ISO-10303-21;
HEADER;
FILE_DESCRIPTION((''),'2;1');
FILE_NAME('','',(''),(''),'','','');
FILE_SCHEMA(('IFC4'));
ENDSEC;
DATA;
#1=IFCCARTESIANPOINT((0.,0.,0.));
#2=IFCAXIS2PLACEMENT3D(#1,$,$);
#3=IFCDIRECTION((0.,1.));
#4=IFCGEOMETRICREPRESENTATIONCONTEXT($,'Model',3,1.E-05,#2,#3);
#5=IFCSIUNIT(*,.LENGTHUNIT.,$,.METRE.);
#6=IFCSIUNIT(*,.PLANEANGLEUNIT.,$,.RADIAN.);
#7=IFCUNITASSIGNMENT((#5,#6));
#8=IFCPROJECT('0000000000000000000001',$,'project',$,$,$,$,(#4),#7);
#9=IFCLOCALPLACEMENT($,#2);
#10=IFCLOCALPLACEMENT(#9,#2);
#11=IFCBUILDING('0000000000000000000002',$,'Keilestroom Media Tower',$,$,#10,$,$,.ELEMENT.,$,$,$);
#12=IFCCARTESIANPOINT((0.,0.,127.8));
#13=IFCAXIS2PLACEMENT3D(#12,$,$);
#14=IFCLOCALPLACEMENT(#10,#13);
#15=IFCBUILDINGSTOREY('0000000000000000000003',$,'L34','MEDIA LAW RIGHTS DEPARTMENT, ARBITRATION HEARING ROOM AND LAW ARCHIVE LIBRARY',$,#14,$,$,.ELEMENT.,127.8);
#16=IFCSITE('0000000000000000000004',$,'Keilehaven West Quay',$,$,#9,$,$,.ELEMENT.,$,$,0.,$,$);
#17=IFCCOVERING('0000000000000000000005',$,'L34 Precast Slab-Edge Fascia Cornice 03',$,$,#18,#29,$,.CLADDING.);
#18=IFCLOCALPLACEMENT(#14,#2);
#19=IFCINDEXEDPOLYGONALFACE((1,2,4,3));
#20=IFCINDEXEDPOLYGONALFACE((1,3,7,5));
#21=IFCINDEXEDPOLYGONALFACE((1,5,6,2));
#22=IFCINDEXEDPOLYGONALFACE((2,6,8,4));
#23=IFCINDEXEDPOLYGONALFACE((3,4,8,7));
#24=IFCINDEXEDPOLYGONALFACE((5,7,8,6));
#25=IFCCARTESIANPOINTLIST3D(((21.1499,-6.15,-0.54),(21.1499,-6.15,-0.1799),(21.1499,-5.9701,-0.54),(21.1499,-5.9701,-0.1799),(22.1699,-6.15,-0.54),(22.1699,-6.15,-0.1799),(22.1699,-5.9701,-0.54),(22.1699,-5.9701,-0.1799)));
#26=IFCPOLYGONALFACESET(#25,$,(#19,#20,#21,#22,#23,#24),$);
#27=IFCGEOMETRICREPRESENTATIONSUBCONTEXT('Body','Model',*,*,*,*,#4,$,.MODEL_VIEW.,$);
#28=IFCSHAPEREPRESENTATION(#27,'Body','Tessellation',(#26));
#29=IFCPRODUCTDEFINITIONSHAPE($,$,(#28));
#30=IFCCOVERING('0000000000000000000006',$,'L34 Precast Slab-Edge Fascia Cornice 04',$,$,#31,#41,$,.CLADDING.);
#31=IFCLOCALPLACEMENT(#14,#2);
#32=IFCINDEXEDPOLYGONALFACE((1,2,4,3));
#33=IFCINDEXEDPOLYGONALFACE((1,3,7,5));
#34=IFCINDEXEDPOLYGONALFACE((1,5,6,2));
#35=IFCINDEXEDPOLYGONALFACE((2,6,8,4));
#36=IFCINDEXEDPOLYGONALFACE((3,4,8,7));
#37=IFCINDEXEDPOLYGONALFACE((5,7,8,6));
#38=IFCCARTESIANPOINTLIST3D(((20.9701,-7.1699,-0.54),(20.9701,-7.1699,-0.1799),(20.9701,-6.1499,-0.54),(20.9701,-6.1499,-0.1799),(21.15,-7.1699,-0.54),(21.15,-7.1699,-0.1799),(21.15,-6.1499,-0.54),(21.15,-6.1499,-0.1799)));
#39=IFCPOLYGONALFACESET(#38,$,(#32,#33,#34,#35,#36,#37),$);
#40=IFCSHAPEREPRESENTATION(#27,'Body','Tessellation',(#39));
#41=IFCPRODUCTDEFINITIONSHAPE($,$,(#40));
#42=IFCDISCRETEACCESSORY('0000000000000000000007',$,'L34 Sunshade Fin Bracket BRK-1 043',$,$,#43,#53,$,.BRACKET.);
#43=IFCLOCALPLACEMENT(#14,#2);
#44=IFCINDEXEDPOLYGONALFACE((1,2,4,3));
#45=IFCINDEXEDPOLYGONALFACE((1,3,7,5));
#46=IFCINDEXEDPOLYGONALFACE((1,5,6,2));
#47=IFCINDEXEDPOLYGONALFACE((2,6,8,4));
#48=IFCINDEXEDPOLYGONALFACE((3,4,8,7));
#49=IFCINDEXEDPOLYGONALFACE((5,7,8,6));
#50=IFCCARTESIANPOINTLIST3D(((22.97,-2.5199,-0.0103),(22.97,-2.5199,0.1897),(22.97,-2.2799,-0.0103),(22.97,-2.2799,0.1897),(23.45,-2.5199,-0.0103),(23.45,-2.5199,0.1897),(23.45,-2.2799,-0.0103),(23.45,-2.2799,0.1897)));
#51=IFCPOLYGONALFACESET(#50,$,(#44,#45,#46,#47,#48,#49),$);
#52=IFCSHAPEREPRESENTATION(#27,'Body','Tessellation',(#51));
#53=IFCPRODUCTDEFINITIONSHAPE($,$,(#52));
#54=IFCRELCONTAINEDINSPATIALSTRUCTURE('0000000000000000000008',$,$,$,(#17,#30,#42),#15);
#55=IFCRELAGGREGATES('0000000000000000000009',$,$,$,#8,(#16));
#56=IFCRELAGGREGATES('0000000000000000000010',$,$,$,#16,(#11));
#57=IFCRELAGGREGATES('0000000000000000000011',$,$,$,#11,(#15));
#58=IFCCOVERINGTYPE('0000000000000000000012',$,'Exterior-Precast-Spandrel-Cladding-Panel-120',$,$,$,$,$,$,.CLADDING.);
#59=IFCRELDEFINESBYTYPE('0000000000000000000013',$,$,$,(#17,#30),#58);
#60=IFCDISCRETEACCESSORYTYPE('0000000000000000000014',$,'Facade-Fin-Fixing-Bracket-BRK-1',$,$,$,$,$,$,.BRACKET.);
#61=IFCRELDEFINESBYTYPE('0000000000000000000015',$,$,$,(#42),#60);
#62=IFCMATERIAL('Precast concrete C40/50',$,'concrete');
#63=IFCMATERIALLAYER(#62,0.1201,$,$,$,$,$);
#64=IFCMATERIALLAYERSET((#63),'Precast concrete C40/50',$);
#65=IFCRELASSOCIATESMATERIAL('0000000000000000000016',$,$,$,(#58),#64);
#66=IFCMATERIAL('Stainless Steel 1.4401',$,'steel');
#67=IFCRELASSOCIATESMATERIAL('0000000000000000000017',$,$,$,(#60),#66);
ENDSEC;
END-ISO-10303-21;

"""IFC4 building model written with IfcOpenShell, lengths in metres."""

from ifc_helpers import new_model, si_unit, direction, frame, origin, origin_2d, place, context, subcontext, project, spatial, rectangle, extrude, source, transform, mapped, material, layer, layer_set, type_object, element, save


model = new_model("IFC4")

# Units and contexts
model_context = context("Model", 3, precision=1e-05, world=origin(), true_north=direction((0.0, 1.0)))
body_context = subcontext(model_context, "Body", "Model", "MODEL_VIEW")
ifc_project = project(units=[si_unit("LENGTHUNIT", "METRE"), si_unit("PLANEANGLEUNIT", "RADIAN")], contexts=[model_context])

# Site, building, storey
site_placement = place(None, origin())
site = spatial("IfcSite", under=ifc_project, at=site_placement, Name="Keilehaven West Quay", CompositionType="ELEMENT", RefElevation=0.0)
building_placement = place(site_placement, origin())
building = spatial("IfcBuilding", under=site, at=building_placement, Name="Keilestroom Media Tower", CompositionType="ELEMENT")
storey_placement = place(building_placement, frame((0.0, 0.0, 127.8)))
storey = spatial("IfcBuildingStorey", under=building, at=storey_placement, Name="L34", Description="MEDIA LAW RIGHTS DEPARTMENT, ARBITRATION HEARING ROOM AND LAW ARCHIVE LIBRARY", CompositionType="ELEMENT", Elevation=127.8)

# Shared definitions
ifc_material_1 = material(Name="Precast concrete C40/50", Category="concrete")

# Coverings
ifc_layer_1 = layer(ifc_material_1, 0.1201)
ifc_layer_set_1 = layer_set([ifc_layer_1], Name="Precast concrete C40/50")
covering_type = type_object("IfcCoveringType", Name="Exterior-Precast-Spandrel-Cladding-Panel-120", PredefinedType="CLADDING", material=ifc_layer_set_1)
shared_shape_1 = source(origin(), body_context, "Body", "SweptSolid", [
    extrude(rectangle(XDim=1.02, YDim=0.1799, at=origin_2d()), origin(), (0.0, 0.0, 1.0), 0.3601),
])
for number, where, z_axis, x_axis, name in (
    (1, (21.6599, -6.0601, -0.54), (0.0, 0.0, 1.0), (-1.0, 0.0, 0.0), "L34 Precast Slab-Edge Fascia Cornice 03"),
    (2, (21.0601, -6.6599, -0.54), (0.0, 0.0, 1.0), (0.0, -1.0, 0.0), "L34 Precast Slab-Edge Fascia Cornice 04"),
):
    element("IfcCovering", number, at=place(storey_placement, frame(where, z_axis=z_axis, x_axis=x_axis)), inside=storey, type_object=covering_type, Name=name, PredefinedType="CLADDING", context=body_context, shape_type="MappedRepresentation", body=[
        mapped(shared_shape_1, transform((0.0, 0.0, 0.0), x_axis=(1.0, 0.0, 0.0), y_axis=(0.0, 1.0, 0.0), z_axis=(0.0, 0.0, 1.0), scale=1.0)),
    ])

# Discrete accessory
ifc_material_2 = material(Name="Stainless Steel 1.4401", Category="steel")
discrete_accessory_type = type_object("IfcDiscreteAccessoryType", Name="Facade-Fin-Fixing-Bracket-BRK-1", PredefinedType="BRACKET", material=ifc_material_2)
shared_shape_2 = source(origin(), body_context, "Body", "SweptSolid", [
    extrude(rectangle(XDim=0.48, YDim=0.24, at=origin_2d()), origin(), (0.0, 0.0, 1.0), 0.2),
])
discrete_accessory_placement = place(storey_placement, frame((23.21, -2.3999, -0.0103), z_axis=(0.0, 0.0, 1.0), x_axis=(1.0, 0.0, 0.0)))
element("IfcDiscreteAccessory", 3, at=discrete_accessory_placement, inside=storey, type_object=discrete_accessory_type, Name="L34 Sunshade Fin Bracket BRK-1 043", PredefinedType="BRACKET", context=body_context, shape_type="MappedRepresentation", body=[
    mapped(shared_shape_2, transform((0.0, 0.0, 0.0), x_axis=(1.0, 0.0, 0.0), y_axis=(0.0, 1.0, 0.0), z_axis=(0.0, 0.0, 1.0), scale=1.0)),
])

save(model, "model.ifc")
